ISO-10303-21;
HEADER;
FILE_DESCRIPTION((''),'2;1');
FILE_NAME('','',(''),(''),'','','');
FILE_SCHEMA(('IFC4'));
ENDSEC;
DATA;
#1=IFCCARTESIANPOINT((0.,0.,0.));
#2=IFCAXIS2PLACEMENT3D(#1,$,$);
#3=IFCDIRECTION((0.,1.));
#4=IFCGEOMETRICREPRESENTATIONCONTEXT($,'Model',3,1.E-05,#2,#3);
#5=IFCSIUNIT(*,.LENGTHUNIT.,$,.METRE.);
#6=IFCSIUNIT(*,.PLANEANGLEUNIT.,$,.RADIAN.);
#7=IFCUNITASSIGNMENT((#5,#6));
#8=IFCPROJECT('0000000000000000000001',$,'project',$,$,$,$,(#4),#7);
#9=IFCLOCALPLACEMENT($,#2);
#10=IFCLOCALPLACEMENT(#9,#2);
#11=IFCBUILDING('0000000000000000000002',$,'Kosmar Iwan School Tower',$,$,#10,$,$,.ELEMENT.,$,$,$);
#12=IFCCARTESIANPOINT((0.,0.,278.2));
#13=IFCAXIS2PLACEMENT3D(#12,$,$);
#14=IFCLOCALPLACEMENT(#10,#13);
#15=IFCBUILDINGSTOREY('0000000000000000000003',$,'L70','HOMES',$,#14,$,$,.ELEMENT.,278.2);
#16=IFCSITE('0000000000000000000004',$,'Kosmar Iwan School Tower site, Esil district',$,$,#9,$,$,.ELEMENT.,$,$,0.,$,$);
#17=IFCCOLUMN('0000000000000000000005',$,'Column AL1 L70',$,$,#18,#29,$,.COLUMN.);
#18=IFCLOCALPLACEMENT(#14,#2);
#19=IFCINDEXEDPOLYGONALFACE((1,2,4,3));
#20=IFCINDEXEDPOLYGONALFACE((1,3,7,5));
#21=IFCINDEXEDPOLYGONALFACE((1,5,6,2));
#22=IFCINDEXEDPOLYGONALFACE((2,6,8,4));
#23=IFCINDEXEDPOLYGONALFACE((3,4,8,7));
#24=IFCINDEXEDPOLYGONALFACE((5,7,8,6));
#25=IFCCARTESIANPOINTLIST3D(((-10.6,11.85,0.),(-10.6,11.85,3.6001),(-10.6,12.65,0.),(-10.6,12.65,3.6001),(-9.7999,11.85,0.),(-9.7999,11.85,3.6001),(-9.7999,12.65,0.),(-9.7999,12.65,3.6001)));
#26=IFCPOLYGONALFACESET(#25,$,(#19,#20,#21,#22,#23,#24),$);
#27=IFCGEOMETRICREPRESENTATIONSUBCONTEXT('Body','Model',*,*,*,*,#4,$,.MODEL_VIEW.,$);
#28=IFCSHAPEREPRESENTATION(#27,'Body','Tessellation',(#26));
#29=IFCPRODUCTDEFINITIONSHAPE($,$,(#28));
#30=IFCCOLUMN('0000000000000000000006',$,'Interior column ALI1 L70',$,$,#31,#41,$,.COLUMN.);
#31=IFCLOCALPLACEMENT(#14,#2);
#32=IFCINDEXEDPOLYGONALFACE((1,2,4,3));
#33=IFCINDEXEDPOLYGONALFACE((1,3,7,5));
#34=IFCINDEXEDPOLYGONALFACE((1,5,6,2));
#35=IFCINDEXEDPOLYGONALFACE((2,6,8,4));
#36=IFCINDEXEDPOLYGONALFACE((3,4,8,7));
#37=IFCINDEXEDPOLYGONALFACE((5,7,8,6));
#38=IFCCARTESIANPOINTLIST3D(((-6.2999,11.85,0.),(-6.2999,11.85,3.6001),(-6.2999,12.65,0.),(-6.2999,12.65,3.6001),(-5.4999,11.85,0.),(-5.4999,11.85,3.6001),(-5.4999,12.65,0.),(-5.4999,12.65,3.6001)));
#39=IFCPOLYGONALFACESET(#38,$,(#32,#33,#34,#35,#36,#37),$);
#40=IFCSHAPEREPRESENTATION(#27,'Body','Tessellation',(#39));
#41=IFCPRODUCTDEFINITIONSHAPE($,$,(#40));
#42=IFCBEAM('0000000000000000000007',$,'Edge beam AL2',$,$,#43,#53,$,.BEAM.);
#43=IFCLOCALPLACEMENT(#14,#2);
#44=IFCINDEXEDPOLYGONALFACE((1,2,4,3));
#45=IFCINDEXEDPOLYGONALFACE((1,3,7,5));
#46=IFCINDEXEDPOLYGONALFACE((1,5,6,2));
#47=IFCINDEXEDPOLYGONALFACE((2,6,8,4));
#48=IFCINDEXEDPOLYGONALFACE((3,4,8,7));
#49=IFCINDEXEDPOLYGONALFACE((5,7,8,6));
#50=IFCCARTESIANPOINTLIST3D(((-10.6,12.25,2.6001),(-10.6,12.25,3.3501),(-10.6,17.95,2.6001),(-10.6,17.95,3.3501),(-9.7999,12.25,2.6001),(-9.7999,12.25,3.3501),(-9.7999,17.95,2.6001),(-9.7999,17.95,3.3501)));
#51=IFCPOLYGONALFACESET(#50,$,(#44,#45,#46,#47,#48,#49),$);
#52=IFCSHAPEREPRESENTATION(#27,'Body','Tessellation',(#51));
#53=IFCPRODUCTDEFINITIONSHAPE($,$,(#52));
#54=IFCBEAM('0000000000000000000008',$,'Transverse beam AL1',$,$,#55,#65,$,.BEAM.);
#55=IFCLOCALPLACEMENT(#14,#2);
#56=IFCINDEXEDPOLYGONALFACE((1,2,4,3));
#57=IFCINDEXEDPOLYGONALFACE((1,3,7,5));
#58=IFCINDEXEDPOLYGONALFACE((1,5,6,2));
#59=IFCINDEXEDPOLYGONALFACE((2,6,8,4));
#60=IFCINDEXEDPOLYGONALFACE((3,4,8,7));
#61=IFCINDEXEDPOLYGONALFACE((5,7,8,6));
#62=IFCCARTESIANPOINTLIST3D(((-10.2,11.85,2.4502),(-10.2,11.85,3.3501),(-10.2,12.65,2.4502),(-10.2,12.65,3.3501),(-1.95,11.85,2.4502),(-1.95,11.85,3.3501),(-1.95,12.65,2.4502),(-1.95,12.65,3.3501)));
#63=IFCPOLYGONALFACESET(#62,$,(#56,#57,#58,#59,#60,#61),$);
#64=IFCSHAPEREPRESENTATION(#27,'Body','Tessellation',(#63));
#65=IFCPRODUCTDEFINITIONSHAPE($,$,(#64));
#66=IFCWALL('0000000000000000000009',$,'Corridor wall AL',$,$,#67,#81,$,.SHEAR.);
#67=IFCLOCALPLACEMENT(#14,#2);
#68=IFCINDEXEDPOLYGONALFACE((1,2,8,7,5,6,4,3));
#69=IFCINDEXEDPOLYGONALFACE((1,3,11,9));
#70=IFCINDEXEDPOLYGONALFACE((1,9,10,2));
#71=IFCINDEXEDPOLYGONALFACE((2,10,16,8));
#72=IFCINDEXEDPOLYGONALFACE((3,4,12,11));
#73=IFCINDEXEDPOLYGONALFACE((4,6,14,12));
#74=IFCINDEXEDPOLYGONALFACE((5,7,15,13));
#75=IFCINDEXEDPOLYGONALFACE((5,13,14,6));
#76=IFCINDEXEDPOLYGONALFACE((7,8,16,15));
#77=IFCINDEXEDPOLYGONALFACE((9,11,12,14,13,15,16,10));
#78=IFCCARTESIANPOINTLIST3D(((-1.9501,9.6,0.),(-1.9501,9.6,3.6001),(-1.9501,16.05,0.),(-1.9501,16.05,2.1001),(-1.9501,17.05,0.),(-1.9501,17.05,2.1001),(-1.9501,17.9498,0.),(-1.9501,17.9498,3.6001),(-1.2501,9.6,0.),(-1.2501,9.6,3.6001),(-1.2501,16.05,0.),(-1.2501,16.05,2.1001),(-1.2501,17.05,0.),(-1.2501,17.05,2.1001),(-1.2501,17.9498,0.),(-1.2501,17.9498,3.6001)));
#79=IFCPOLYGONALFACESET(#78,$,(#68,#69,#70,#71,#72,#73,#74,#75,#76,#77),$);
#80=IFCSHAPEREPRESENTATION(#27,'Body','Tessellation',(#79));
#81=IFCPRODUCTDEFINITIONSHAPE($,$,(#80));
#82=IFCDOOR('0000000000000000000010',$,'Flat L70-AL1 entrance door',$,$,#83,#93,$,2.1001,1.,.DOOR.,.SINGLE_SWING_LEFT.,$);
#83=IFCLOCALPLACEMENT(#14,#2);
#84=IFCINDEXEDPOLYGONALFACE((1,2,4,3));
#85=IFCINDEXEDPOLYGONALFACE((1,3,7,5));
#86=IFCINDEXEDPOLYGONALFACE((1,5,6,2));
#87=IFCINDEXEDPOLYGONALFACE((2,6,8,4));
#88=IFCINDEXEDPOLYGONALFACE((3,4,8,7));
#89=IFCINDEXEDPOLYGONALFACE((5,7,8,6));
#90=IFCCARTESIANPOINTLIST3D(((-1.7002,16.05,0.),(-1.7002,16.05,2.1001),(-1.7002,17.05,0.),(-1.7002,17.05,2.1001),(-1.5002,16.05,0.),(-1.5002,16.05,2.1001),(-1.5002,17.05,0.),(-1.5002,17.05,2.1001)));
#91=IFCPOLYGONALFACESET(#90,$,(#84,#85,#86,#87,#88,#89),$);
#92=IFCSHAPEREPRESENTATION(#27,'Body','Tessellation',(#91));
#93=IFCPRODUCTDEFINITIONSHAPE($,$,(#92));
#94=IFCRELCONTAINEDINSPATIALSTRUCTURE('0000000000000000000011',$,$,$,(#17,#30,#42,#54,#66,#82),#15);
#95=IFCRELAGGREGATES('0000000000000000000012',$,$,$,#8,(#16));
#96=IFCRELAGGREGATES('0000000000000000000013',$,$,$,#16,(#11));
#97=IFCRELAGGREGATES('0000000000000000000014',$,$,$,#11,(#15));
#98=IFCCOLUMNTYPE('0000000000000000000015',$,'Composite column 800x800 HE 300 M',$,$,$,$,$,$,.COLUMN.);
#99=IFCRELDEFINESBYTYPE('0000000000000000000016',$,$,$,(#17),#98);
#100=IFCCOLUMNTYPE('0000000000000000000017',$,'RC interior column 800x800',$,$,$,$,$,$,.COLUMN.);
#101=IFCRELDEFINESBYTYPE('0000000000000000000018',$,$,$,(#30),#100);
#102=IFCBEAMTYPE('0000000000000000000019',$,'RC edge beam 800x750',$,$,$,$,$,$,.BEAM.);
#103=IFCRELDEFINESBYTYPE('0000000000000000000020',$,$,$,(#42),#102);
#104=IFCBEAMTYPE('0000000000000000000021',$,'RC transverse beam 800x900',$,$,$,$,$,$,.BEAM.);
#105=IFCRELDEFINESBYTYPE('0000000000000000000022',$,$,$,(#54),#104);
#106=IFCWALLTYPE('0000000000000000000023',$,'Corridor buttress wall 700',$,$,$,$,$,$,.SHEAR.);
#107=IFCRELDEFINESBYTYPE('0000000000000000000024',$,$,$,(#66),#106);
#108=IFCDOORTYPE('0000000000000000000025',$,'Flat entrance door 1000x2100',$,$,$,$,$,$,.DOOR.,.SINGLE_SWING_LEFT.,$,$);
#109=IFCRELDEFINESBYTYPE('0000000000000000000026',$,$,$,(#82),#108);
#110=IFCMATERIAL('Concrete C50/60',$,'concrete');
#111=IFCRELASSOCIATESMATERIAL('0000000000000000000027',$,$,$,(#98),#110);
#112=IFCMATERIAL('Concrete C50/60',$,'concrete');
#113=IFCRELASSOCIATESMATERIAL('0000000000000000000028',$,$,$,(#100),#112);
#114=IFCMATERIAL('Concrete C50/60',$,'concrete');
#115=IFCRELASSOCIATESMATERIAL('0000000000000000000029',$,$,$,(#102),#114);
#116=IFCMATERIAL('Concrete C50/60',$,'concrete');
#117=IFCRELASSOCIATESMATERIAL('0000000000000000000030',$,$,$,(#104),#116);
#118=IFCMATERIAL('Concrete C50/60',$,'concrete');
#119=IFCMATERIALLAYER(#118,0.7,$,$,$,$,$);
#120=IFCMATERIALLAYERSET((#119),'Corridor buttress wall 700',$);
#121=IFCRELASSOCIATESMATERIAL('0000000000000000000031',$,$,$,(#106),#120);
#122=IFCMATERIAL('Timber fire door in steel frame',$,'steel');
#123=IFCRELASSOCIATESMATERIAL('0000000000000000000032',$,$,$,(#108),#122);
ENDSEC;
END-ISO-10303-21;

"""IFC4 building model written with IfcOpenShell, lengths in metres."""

from ifc_helpers import new_model, si_unit, direction, frame, frame_2d, origin, origin_2d, place, context, subcontext, project, spatial, rectangle, extrude, material, layer, layer_set, material_profile, profile_set, type_object, element, fill, save


model = new_model("IFC4")

# Units and contexts
model_context = context("Model", 3, precision=1e-05, world=origin(), true_north=direction((0.0, 1.0)))
body_context = subcontext(model_context, "Body", "Model", "MODEL_VIEW")
ifc_project = project(units=[si_unit("LENGTHUNIT", "METRE"), si_unit("PLANEANGLEUNIT", "RADIAN")], contexts=[model_context])

# Site, building, storey
site_placement = place(None, origin())
site = spatial("IfcSite", under=ifc_project, at=site_placement, Name="Kosmar Iwan School Tower site, Esil district", CompositionType="ELEMENT", RefElevation=0.0)
building_placement = place(site_placement, origin())
building = spatial("IfcBuilding", under=site, at=building_placement, Name="Kosmar Iwan School Tower", CompositionType="ELEMENT")
storey_placement = place(building_placement, frame((0.0, 0.0, 278.2)))
storey = spatial("IfcBuildingStorey", under=building, at=storey_placement, Name="L70", Description="HOMES", CompositionType="ELEMENT", Elevation=278.2)

# Columns
ifc_material_1 = material(Name="Concrete C50/60", Category="concrete")
ifc_material_profile_1 = material_profile(ifc_material_1, rectangle(XDim=0.8, YDim=0.8, at=origin_2d()), Name="RC 800x800 + HE 300 M")
ifc_profile_set_1 = profile_set([ifc_material_profile_1], Name="Concrete C50/60")
column_type_1 = type_object("IfcColumnType", Name="Composite column 800x800 HE 300 M", PredefinedType="COLUMN", material=ifc_profile_set_1)
column_1_placement = place(storey_placement, frame((-10.2, 12.25, 0.0), z_axis=(0.0, 0.0, 1.0), x_axis=(0.0, 1.0, 0.0)))
element("IfcColumn", 1, at=column_1_placement, inside=storey, type_object=column_type_1, Name="Column AL1 L70", PredefinedType="COLUMN", context=body_context, shape_type="SweptSolid", body=[
    extrude(rectangle(XDim=0.8, YDim=0.8, at=origin_2d()), origin(), (0.0, 0.0, 1.0), 3.6001),
])
ifc_material_2 = material(Name="Concrete C50/60", Category="concrete")
ifc_material_profile_2 = material_profile(ifc_material_2, rectangle(XDim=0.8, YDim=0.8, at=origin_2d()), Name="RC 800x800")
ifc_profile_set_2 = profile_set([ifc_material_profile_2], Name="Concrete C50/60")
column_type_2 = type_object("IfcColumnType", Name="RC interior column 800x800", PredefinedType="COLUMN", material=ifc_profile_set_2)
column_2_placement = place(storey_placement, frame((-5.8999, 12.25, 0.0), z_axis=(0.0, 0.0, 1.0), x_axis=(0.0, 1.0, 0.0)))
element("IfcColumn", 2, at=column_2_placement, inside=storey, type_object=column_type_2, Name="Interior column ALI1 L70", PredefinedType="COLUMN", context=body_context, shape_type="SweptSolid", body=[
    extrude(rectangle(XDim=0.8, YDim=0.8, at=origin_2d()), origin(), (0.0, 0.0, 1.0), 3.6001),
])

# Beams
ifc_material_3 = material(Name="Concrete C50/60", Category="concrete")
ifc_material_profile_3 = material_profile(ifc_material_3, rectangle(XDim=0.8, YDim=0.75, at=origin_2d()), Name="RC 800x750")
ifc_profile_set_3 = profile_set([ifc_material_profile_3], Name="Concrete C50/60")
beam_type_1 = type_object("IfcBeamType", Name="RC edge beam 800x750", PredefinedType="BEAM", material=ifc_profile_set_3)
beam_1_placement = place(storey_placement, frame((-10.2, 12.25, 2.9751), z_axis=(0.0, 1.0, 0.0), x_axis=(-1.0, 0.0, 0.0)))
element("IfcBeam", 3, at=beam_1_placement, inside=storey, type_object=beam_type_1, Name="Edge beam AL2", PredefinedType="BEAM", context=body_context, shape_type="SweptSolid", body=[
    extrude(rectangle(XDim=0.8, YDim=0.75, at=origin_2d()), origin(), (0.0, 0.0, 1.0), 5.7),
])
ifc_material_4 = material(Name="Concrete C50/60", Category="concrete")
ifc_material_profile_4 = material_profile(ifc_material_4, rectangle(XDim=0.8, YDim=0.8999, at=origin_2d()), Name="RC 800x900")
ifc_profile_set_4 = profile_set([ifc_material_profile_4], Name="Concrete C50/60")
beam_type_2 = type_object("IfcBeamType", Name="RC transverse beam 800x900", PredefinedType="BEAM", material=ifc_profile_set_4)
beam_2_placement = place(storey_placement, frame((-10.2, 12.25, 2.9001), z_axis=(1.0, 0.0, 0.0), x_axis=(0.0, 1.0, 0.0)))
element("IfcBeam", 4, at=beam_2_placement, inside=storey, type_object=beam_type_2, Name="Transverse beam AL1", PredefinedType="BEAM", context=body_context, shape_type="SweptSolid", body=[
    extrude(rectangle(XDim=0.8, YDim=0.8999, at=origin_2d()), origin(), (0.0, 0.0, 1.0), 8.25),
])

# Wall, opening, door
ifc_material_5 = material(Name="Concrete C50/60", Category="concrete")
ifc_layer_1 = layer(ifc_material_5, 0.7)
ifc_layer_set_1 = layer_set([ifc_layer_1], Name="Corridor buttress wall 700")
wall_type_1 = type_object("IfcWallType", Name="Corridor buttress wall 700", PredefinedType="SHEAR", material=ifc_layer_set_1)
wall_1_placement = place(storey_placement, frame((-1.6001, 9.6001, 0.0), z_axis=(0.0, 0.0, 1.0), x_axis=(0.0, 1.0, 0.0)))
wall_1 = element("IfcWall", 5, at=wall_1_placement, inside=storey, type_object=wall_type_1, Name="Corridor wall AL", PredefinedType="SHEAR", context=body_context, shape_type="SweptSolid", body=[
    extrude(rectangle(XDim=8.3499, YDim=0.7, at=frame_2d((4.1748, 0.0))), origin(), (0.0, 0.0, 1.0), 3.6001),
])
opening_1_placement = place(wall_1_placement, frame((6.45, 0.0, 0.0)))
opening_1 = element("IfcOpeningElement", 6, at=opening_1_placement, cuts=wall_1, PredefinedType="OPENING", context=body_context, shape_type="SweptSolid", body=[
    extrude(rectangle(XDim=1.0, YDim=2.1001, at=frame_2d((0.5, 1.05))), frame((0.0, 0.3621, 0.0), z_axis=(0.0, -1.0, 0.0), x_axis=(1.0, 0.0, 0.0)), (0.0, 0.0, 1.0), 0.7239),
])
ifc_material_6 = material(Name="Timber fire door in steel frame", Category="steel")
door_type_1 = type_object("IfcDoorType", Name="Flat entrance door 1000x2100", OperationType="SINGLE_SWING_LEFT", PredefinedType="DOOR", material=ifc_material_6)
door_1_placement = place(opening_1_placement, origin())
door_1 = element("IfcDoor", 7, at=door_1_placement, inside=storey, type_object=door_type_1, Name="Flat L70-AL1 entrance door", OperationType="SINGLE_SWING_LEFT", OverallHeight=2.1001, OverallWidth=1.0, PredefinedType="DOOR", context=body_context, shape_type="SweptSolid", body=[
    extrude(rectangle(XDim=1.0, YDim=2.1001, at=frame_2d((0.5, 1.05))), frame((0.0, 0.1001, 0.0), z_axis=(0.0, -1.0, 0.0), x_axis=(1.0, 0.0, 0.0)), (0.0, 0.0, 1.0), 0.2),
])
fill(opening_1, door_1)

save(model, "model.ifc")
